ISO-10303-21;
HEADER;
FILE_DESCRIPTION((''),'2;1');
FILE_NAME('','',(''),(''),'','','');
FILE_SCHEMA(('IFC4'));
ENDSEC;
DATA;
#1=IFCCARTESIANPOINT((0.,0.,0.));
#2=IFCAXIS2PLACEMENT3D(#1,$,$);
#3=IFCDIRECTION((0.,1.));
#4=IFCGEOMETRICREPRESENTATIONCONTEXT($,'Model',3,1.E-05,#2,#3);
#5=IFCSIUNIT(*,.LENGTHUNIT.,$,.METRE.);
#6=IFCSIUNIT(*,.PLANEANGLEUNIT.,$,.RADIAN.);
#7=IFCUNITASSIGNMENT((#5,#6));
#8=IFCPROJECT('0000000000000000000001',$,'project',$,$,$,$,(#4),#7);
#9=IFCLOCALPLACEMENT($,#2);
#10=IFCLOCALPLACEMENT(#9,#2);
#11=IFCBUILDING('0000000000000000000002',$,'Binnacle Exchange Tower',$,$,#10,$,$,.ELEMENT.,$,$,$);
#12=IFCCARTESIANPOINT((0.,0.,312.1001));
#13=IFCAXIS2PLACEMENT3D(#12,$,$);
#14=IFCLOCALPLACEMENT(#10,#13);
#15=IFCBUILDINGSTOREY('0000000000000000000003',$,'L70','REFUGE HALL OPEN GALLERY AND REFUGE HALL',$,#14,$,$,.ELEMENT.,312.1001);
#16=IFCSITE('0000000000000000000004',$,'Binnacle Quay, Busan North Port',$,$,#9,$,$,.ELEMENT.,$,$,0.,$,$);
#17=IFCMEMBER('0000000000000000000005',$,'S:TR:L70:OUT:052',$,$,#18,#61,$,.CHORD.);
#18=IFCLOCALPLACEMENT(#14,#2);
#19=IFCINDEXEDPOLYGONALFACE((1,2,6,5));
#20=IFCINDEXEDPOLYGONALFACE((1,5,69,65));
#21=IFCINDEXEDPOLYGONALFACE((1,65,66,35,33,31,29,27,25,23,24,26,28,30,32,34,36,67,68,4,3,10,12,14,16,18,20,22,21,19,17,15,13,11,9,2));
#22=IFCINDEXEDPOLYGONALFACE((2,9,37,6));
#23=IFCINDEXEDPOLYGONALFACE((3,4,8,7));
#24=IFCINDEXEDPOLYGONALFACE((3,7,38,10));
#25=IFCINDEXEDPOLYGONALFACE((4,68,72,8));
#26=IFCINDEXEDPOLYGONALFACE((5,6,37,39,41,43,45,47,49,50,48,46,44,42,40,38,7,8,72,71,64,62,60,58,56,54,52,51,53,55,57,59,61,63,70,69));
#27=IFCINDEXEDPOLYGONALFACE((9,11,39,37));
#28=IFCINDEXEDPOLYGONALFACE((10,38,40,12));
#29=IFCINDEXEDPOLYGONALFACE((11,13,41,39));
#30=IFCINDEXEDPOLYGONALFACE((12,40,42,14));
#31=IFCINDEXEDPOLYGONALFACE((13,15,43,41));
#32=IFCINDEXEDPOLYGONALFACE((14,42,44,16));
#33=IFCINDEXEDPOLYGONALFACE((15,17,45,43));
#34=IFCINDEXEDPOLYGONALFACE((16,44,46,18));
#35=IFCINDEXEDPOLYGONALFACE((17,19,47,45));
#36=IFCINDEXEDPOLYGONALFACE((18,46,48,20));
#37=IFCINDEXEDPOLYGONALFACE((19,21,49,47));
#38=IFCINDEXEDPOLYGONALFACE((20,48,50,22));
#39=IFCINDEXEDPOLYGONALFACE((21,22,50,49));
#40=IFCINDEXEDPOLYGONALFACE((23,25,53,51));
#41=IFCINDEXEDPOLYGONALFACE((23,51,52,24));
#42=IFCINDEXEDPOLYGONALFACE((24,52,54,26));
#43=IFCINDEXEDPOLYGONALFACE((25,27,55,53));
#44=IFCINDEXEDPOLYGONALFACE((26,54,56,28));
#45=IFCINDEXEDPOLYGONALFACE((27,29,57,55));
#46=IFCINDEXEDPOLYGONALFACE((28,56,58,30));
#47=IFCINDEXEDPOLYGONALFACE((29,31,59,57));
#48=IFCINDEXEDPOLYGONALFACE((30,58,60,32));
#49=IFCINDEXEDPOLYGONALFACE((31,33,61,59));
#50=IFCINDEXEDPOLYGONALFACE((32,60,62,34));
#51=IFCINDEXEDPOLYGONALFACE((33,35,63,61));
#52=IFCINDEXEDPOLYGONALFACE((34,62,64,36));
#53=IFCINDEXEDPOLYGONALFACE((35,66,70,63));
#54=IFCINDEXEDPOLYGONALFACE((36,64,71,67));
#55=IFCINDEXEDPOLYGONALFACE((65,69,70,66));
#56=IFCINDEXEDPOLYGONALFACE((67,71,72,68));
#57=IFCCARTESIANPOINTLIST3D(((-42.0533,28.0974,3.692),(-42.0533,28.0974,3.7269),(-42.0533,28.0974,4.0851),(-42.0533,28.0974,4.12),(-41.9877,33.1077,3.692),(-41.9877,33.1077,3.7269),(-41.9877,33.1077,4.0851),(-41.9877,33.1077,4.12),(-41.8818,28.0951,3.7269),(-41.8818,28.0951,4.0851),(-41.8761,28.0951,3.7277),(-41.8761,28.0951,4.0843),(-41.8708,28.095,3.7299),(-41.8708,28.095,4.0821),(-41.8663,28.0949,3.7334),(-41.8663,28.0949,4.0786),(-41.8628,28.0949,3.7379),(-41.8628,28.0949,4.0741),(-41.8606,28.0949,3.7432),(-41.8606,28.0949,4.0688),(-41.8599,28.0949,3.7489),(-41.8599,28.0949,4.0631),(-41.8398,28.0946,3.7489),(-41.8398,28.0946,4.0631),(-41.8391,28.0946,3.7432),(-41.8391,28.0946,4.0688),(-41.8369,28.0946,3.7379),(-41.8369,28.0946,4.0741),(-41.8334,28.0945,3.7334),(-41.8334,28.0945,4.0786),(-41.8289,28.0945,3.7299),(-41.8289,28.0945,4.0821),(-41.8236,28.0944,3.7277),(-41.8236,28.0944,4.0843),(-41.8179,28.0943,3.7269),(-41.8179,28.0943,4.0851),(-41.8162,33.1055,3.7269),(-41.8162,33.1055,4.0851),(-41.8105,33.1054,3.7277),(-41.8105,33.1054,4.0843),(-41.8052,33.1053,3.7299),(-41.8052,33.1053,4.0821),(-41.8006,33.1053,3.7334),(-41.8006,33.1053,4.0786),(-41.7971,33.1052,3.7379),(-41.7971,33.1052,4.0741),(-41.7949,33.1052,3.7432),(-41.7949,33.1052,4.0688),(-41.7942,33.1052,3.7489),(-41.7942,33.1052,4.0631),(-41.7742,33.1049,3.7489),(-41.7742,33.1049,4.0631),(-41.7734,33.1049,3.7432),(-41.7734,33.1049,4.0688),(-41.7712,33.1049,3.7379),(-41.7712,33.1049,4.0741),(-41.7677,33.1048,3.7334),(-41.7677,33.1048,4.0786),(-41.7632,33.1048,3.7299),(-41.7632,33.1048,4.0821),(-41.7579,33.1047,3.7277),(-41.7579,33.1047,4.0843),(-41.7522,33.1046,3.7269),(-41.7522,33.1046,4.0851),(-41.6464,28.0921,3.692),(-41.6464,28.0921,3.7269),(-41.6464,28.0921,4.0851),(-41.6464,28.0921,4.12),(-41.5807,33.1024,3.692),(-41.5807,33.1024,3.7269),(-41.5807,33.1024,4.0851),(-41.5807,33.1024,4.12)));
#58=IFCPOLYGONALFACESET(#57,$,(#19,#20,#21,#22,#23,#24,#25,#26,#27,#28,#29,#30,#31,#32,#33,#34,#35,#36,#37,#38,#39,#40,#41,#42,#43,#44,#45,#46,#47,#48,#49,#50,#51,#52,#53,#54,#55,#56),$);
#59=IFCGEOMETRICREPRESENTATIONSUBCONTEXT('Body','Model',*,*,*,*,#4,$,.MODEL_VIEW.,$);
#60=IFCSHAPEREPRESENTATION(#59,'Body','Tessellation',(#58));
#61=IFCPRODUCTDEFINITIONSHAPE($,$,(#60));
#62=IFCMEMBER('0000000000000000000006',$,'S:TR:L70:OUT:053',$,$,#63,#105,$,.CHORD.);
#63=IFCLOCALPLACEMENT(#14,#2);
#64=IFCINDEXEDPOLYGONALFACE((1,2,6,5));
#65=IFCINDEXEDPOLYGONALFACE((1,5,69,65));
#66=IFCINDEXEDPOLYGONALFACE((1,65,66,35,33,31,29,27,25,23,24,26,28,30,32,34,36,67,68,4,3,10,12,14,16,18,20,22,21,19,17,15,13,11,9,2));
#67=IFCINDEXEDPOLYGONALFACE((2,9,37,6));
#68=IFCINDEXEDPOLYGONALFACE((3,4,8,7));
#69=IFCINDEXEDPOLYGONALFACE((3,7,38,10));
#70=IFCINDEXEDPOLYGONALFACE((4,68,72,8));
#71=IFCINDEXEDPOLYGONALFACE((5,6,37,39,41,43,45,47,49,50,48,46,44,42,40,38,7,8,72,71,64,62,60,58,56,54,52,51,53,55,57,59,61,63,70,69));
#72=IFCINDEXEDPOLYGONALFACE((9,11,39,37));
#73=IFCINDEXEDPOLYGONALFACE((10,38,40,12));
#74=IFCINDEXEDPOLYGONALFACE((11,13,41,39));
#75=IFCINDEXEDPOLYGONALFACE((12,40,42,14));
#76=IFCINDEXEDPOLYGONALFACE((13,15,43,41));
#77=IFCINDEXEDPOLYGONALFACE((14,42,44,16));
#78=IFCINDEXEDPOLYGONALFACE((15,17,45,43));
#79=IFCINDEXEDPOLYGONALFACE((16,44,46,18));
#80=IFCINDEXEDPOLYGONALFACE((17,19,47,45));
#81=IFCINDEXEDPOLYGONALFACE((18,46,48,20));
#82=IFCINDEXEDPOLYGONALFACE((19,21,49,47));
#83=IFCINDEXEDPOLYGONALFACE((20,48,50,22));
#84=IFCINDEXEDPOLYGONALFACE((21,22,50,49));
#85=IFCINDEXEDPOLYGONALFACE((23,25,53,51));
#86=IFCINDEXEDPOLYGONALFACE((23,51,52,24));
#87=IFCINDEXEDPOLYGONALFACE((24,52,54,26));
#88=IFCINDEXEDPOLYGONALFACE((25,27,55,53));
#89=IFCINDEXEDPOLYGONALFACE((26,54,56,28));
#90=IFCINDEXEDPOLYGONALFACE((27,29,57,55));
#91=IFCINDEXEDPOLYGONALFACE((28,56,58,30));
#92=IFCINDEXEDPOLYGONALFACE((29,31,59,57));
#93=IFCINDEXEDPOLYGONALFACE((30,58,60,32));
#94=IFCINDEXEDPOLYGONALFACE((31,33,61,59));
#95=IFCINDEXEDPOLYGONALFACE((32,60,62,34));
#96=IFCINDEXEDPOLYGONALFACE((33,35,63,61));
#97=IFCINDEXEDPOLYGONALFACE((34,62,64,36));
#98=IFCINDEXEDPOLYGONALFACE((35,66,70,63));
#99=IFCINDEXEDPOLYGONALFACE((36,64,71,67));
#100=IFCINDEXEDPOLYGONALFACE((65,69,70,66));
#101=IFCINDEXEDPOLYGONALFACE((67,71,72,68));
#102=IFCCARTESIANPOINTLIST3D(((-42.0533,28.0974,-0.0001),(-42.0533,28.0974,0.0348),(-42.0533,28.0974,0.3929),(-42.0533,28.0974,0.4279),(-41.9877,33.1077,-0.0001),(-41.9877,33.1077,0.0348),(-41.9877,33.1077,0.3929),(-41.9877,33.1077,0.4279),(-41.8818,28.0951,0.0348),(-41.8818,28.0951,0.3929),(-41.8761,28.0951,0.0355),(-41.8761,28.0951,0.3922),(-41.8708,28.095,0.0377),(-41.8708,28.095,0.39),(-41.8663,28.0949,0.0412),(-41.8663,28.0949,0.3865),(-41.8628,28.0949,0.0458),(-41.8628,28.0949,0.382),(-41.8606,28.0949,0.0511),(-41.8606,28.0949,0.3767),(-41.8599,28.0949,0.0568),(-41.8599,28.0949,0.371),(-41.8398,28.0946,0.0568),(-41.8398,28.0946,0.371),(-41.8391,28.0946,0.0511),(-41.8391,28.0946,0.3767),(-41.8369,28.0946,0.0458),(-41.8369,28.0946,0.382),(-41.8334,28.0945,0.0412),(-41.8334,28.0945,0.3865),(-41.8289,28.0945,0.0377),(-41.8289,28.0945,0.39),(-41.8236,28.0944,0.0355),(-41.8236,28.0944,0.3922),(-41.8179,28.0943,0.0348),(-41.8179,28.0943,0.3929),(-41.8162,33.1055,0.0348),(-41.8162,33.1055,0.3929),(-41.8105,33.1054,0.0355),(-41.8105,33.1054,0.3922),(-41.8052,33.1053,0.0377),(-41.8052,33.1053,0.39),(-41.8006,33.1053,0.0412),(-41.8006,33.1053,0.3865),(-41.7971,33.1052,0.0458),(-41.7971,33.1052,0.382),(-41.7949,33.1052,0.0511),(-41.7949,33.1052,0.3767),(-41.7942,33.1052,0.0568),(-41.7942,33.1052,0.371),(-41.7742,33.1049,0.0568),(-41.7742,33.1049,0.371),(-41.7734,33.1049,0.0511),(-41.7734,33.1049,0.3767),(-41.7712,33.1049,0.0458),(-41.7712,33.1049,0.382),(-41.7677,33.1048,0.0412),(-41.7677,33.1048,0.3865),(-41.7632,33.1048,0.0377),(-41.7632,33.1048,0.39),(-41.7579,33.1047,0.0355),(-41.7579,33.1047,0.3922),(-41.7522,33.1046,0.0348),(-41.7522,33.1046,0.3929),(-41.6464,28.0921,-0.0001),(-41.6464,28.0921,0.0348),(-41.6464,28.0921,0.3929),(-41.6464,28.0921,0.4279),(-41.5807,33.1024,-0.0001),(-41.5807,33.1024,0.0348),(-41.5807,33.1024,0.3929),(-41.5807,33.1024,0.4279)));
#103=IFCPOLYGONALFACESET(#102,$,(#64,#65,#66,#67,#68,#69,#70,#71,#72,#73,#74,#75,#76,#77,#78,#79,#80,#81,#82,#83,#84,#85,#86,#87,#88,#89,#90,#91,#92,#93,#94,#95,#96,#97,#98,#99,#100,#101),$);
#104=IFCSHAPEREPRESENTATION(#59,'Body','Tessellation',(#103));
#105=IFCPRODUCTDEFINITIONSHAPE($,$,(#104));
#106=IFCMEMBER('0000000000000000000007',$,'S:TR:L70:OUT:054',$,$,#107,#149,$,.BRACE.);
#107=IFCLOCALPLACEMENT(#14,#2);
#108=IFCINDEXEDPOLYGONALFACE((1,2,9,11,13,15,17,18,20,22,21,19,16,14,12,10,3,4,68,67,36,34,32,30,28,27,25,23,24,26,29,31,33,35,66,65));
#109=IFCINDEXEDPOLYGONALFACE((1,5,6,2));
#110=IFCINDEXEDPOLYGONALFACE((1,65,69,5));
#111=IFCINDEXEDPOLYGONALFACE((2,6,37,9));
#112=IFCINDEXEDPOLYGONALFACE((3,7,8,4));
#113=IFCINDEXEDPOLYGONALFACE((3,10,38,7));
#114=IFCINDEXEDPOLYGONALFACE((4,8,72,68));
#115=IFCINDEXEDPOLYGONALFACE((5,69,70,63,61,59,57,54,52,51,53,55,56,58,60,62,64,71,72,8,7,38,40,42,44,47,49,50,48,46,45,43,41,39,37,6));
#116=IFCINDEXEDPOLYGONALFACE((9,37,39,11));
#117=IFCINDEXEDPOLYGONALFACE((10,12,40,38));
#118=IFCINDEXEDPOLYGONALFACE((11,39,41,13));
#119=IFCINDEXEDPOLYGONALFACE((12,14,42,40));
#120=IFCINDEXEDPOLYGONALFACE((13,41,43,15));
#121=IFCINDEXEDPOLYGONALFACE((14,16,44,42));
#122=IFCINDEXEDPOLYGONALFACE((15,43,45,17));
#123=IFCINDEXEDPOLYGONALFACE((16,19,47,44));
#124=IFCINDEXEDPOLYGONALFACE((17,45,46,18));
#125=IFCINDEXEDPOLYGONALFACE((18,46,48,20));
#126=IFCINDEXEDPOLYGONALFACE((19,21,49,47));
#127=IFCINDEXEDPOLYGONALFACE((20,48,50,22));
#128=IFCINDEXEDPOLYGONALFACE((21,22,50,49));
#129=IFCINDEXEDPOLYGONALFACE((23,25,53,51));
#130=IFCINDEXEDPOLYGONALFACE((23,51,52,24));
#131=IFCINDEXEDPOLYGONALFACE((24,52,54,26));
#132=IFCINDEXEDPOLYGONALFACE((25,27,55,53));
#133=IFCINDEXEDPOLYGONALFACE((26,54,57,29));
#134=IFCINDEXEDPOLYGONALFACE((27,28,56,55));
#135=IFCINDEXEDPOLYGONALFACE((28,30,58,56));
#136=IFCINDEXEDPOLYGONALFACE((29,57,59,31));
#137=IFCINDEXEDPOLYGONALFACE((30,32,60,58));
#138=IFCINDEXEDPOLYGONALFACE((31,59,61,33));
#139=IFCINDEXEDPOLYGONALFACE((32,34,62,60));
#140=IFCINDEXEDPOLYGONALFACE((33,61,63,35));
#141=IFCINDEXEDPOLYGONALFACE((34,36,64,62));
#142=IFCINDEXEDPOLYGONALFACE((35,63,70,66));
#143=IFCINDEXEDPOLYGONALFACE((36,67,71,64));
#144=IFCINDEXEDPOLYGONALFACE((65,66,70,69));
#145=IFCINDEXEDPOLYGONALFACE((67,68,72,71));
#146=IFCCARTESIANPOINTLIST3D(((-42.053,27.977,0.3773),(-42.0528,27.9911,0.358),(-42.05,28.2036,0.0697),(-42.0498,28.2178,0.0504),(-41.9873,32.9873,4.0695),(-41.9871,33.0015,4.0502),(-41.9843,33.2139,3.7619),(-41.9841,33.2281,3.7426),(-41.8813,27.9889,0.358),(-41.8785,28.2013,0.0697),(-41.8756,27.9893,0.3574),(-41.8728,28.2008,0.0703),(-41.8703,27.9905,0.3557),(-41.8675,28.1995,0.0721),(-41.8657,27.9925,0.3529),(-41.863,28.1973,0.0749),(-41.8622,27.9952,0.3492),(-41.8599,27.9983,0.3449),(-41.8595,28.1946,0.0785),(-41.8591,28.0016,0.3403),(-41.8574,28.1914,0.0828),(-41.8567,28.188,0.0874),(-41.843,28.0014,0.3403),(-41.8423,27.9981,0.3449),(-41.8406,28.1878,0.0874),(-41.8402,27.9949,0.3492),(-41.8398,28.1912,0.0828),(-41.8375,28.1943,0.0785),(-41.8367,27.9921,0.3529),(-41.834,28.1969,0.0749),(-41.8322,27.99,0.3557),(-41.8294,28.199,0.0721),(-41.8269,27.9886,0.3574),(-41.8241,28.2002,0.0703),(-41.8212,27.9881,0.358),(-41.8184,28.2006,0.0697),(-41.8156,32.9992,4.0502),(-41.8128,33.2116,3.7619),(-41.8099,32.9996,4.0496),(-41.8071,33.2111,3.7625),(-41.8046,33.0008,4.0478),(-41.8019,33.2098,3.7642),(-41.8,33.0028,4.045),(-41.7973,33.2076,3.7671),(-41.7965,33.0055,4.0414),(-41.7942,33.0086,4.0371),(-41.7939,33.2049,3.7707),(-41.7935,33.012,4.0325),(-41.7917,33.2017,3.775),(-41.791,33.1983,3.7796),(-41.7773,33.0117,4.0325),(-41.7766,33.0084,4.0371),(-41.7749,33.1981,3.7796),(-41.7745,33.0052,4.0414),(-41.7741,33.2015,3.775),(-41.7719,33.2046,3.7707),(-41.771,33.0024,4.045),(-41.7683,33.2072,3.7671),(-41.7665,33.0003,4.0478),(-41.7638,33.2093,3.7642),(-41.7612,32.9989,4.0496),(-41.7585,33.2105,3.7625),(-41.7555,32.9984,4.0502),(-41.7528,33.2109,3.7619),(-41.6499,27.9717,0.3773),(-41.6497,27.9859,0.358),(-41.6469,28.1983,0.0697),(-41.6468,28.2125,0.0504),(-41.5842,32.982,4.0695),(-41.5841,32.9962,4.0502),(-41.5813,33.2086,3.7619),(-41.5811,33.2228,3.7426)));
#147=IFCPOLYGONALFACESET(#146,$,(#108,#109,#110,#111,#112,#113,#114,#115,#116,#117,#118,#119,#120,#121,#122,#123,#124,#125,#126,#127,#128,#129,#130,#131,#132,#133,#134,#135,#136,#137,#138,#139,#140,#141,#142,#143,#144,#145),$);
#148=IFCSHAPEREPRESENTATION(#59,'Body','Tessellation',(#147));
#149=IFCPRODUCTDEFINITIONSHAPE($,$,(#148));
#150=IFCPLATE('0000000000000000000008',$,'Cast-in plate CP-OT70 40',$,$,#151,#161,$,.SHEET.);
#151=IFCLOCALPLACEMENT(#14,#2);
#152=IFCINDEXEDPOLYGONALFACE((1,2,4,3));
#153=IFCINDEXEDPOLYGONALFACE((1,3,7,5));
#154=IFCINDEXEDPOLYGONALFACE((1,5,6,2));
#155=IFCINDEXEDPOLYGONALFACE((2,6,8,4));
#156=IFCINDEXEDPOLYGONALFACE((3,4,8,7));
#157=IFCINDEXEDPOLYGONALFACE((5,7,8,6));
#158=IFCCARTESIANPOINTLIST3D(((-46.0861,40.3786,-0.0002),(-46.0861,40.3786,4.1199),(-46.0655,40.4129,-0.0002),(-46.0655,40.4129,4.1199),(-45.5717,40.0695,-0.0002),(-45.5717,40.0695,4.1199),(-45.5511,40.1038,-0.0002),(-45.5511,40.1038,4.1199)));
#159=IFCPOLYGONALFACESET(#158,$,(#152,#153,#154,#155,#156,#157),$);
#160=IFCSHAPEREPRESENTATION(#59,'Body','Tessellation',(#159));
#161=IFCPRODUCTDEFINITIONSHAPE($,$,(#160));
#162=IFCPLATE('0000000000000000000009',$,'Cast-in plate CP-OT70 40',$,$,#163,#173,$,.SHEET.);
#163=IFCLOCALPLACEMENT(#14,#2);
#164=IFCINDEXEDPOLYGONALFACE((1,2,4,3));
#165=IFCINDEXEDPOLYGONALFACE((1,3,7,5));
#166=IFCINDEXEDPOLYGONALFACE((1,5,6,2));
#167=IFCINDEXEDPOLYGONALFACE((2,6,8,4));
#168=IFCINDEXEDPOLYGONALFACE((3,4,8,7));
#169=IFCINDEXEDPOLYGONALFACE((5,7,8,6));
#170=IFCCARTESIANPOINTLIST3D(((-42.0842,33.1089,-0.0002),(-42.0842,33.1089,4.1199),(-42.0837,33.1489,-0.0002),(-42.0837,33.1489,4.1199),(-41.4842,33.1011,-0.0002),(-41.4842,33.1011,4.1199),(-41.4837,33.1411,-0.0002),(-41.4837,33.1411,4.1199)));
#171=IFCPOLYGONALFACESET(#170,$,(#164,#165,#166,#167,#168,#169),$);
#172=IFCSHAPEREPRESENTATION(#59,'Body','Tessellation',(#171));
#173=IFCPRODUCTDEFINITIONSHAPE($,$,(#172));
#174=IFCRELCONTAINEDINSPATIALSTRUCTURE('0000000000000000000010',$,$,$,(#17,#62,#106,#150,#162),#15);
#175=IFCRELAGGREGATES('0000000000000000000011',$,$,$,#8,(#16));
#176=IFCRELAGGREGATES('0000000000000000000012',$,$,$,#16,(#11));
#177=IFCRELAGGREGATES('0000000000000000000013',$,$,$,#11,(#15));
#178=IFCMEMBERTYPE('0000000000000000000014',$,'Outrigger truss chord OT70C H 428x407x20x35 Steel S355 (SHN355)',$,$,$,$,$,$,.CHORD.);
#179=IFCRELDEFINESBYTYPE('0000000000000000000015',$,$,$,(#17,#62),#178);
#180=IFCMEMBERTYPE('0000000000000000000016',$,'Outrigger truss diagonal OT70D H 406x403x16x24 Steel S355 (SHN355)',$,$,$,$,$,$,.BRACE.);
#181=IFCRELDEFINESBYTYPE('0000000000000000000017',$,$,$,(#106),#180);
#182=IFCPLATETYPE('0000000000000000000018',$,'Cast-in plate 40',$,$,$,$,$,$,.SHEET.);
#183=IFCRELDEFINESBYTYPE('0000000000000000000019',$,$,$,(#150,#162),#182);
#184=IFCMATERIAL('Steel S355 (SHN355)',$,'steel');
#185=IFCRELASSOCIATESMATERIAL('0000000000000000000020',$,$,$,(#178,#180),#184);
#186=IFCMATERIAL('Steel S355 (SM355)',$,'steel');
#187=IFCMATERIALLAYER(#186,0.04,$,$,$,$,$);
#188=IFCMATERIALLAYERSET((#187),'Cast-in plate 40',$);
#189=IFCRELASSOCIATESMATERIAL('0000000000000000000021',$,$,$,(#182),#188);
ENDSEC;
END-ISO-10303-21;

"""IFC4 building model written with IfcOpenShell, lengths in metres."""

from ifc_helpers import new_model, si_unit, direction, frame, origin, origin_2d, place, context, subcontext, project, spatial, rectangle, i_section, extrude, material, layer, layer_set, material_profile, profile_set, type_object, element, save


model = new_model("IFC4")

# Units and contexts
model_context = context("Model", 3, precision=1e-05, world=origin(), true_north=direction((0.0, 1.0)))
body_context = subcontext(model_context, "Body", "Model", "MODEL_VIEW")
ifc_project = project(units=[si_unit("LENGTHUNIT", "METRE"), si_unit("PLANEANGLEUNIT", "RADIAN")], contexts=[model_context])

# Site, building, storey
site_placement = place(None, origin())
site = spatial("IfcSite", under=ifc_project, at=site_placement, Name="Binnacle Quay, Busan North Port", CompositionType="ELEMENT", RefElevation=0.0)
building_placement = place(site_placement, origin())
building = spatial("IfcBuilding", under=site, at=building_placement, Name="Binnacle Exchange Tower", CompositionType="ELEMENT")
storey_placement = place(building_placement, frame((0.0, 0.0, 312.1001)))
storey = spatial("IfcBuildingStorey", under=building, at=storey_placement, Name="L70", Description="REFUGE HALL OPEN GALLERY AND REFUGE HALL", CompositionType="ELEMENT", Elevation=312.1001)

# Shared definitions
ifc_material_1 = material(Name="Steel S355 (SHN355)", Category="steel")

# Members
ifc_material_profile_1 = material_profile(ifc_material_1, i_section(OverallWidth=0.407, OverallDepth=0.428, WebThickness=0.02, FlangeThickness=0.0349, FilletRadius=0.022, at=origin_2d()), Name="H 428x407x20x35")
ifc_profile_set_1 = profile_set([ifc_material_profile_1], Name="Steel S355 (SHN355)")
member_type_1 = type_object("IfcMemberType", Name="Outrigger truss chord OT70C H 428x407x20x35 Steel S355 (SHN355)", PredefinedType="CHORD", material=ifc_profile_set_1)
for number, where, z_axis, x_axis, name in (
    (1, (-41.8499, 28.0947, 3.906), (0.013107, 0.999914, 0.0), (-0.999914, 0.013107, 0.0), "S:TR:L70:OUT:052"),
    (2, (-41.8499, 28.0947, 0.2139), (0.013107, 0.999914, 0.0), (-0.999914, 0.013107, 0.0), "S:TR:L70:OUT:053"),
):
    element("IfcMember", number, at=place(storey_placement, frame(where, z_axis=z_axis, x_axis=x_axis)), inside=storey, type_object=member_type_1, Name=name, PredefinedType="CHORD", context=body_context, shape_type="SweptSolid", body=[
        extrude(i_section(OverallWidth=0.407, OverallDepth=0.428, WebThickness=0.02, FlangeThickness=0.0349, FilletRadius=0.022, at=origin_2d()), origin(), (0.0, 0.0, 1.0), 5.0107),
    ])
ifc_material_profile_2 = material_profile(ifc_material_1, i_section(OverallWidth=0.4031, OverallDepth=0.406, WebThickness=0.0161, FlangeThickness=0.0239, FilletRadius=0.022, at=origin_2d()), Name="H 406x403x16x24")
ifc_profile_set_2 = profile_set([ifc_material_profile_2], Name="Steel S355 (SHN355)")
member_type_2 = type_object("IfcMemberType", Name="Outrigger truss diagonal OT70D H 406x403x16x24 Steel S355 (SHN355)", PredefinedType="BRACE", material=ifc_profile_set_2)
member_1_placement = place(storey_placement, frame((-41.8499, 28.0947, 0.2139), z_axis=(0.010552, 0.804982, 0.593205), x_axis=(-0.999914, 0.013107, 0.0)))
element("IfcMember", 3, at=member_1_placement, inside=storey, type_object=member_type_2, Name="S:TR:L70:OUT:054", PredefinedType="BRACE", context=body_context, shape_type="SweptSolid", body=[
    extrude(i_section(OverallWidth=0.4031, OverallDepth=0.406, WebThickness=0.0161, FlangeThickness=0.0239, FilletRadius=0.022, at=origin_2d()), origin(), (0.0, 0.0, 1.0), 6.2241),
])

# Plates
ifc_material_2 = material(Name="Steel S355 (SM355)", Category="steel")
ifc_layer_1 = layer(ifc_material_2, 0.04)
ifc_layer_set_1 = layer_set([ifc_layer_1], Name="Cast-in plate 40")
plate_type = type_object("IfcPlateType", Name="Cast-in plate 40", PredefinedType="SHEET", material=ifc_layer_set_1)
for number, where, z_axis, x_axis, name in (
    (4, (-45.8186, 40.2412, -0.0002), (0.0, 0.0, 1.0), (0.515038, 0.857167, 0.0), "Cast-in plate CP-OT70 40"),
    (5, (-41.7839, 33.125, -0.0002), (0.0, 0.0, 1.0), (0.01309, 0.999914, 0.0), "Cast-in plate CP-OT70 40"),
):
    element("IfcPlate", number, at=place(storey_placement, frame(where, z_axis=z_axis, x_axis=x_axis)), inside=storey, type_object=plate_type, Name=name, PredefinedType="SHEET", context=body_context, shape_type="SweptSolid", body=[
        extrude(rectangle(XDim=0.04, YDim=0.6001, at=origin_2d()), origin(), (0.0, 0.0, 1.0), 4.1201),
    ])

save(model, "model.ifc")
